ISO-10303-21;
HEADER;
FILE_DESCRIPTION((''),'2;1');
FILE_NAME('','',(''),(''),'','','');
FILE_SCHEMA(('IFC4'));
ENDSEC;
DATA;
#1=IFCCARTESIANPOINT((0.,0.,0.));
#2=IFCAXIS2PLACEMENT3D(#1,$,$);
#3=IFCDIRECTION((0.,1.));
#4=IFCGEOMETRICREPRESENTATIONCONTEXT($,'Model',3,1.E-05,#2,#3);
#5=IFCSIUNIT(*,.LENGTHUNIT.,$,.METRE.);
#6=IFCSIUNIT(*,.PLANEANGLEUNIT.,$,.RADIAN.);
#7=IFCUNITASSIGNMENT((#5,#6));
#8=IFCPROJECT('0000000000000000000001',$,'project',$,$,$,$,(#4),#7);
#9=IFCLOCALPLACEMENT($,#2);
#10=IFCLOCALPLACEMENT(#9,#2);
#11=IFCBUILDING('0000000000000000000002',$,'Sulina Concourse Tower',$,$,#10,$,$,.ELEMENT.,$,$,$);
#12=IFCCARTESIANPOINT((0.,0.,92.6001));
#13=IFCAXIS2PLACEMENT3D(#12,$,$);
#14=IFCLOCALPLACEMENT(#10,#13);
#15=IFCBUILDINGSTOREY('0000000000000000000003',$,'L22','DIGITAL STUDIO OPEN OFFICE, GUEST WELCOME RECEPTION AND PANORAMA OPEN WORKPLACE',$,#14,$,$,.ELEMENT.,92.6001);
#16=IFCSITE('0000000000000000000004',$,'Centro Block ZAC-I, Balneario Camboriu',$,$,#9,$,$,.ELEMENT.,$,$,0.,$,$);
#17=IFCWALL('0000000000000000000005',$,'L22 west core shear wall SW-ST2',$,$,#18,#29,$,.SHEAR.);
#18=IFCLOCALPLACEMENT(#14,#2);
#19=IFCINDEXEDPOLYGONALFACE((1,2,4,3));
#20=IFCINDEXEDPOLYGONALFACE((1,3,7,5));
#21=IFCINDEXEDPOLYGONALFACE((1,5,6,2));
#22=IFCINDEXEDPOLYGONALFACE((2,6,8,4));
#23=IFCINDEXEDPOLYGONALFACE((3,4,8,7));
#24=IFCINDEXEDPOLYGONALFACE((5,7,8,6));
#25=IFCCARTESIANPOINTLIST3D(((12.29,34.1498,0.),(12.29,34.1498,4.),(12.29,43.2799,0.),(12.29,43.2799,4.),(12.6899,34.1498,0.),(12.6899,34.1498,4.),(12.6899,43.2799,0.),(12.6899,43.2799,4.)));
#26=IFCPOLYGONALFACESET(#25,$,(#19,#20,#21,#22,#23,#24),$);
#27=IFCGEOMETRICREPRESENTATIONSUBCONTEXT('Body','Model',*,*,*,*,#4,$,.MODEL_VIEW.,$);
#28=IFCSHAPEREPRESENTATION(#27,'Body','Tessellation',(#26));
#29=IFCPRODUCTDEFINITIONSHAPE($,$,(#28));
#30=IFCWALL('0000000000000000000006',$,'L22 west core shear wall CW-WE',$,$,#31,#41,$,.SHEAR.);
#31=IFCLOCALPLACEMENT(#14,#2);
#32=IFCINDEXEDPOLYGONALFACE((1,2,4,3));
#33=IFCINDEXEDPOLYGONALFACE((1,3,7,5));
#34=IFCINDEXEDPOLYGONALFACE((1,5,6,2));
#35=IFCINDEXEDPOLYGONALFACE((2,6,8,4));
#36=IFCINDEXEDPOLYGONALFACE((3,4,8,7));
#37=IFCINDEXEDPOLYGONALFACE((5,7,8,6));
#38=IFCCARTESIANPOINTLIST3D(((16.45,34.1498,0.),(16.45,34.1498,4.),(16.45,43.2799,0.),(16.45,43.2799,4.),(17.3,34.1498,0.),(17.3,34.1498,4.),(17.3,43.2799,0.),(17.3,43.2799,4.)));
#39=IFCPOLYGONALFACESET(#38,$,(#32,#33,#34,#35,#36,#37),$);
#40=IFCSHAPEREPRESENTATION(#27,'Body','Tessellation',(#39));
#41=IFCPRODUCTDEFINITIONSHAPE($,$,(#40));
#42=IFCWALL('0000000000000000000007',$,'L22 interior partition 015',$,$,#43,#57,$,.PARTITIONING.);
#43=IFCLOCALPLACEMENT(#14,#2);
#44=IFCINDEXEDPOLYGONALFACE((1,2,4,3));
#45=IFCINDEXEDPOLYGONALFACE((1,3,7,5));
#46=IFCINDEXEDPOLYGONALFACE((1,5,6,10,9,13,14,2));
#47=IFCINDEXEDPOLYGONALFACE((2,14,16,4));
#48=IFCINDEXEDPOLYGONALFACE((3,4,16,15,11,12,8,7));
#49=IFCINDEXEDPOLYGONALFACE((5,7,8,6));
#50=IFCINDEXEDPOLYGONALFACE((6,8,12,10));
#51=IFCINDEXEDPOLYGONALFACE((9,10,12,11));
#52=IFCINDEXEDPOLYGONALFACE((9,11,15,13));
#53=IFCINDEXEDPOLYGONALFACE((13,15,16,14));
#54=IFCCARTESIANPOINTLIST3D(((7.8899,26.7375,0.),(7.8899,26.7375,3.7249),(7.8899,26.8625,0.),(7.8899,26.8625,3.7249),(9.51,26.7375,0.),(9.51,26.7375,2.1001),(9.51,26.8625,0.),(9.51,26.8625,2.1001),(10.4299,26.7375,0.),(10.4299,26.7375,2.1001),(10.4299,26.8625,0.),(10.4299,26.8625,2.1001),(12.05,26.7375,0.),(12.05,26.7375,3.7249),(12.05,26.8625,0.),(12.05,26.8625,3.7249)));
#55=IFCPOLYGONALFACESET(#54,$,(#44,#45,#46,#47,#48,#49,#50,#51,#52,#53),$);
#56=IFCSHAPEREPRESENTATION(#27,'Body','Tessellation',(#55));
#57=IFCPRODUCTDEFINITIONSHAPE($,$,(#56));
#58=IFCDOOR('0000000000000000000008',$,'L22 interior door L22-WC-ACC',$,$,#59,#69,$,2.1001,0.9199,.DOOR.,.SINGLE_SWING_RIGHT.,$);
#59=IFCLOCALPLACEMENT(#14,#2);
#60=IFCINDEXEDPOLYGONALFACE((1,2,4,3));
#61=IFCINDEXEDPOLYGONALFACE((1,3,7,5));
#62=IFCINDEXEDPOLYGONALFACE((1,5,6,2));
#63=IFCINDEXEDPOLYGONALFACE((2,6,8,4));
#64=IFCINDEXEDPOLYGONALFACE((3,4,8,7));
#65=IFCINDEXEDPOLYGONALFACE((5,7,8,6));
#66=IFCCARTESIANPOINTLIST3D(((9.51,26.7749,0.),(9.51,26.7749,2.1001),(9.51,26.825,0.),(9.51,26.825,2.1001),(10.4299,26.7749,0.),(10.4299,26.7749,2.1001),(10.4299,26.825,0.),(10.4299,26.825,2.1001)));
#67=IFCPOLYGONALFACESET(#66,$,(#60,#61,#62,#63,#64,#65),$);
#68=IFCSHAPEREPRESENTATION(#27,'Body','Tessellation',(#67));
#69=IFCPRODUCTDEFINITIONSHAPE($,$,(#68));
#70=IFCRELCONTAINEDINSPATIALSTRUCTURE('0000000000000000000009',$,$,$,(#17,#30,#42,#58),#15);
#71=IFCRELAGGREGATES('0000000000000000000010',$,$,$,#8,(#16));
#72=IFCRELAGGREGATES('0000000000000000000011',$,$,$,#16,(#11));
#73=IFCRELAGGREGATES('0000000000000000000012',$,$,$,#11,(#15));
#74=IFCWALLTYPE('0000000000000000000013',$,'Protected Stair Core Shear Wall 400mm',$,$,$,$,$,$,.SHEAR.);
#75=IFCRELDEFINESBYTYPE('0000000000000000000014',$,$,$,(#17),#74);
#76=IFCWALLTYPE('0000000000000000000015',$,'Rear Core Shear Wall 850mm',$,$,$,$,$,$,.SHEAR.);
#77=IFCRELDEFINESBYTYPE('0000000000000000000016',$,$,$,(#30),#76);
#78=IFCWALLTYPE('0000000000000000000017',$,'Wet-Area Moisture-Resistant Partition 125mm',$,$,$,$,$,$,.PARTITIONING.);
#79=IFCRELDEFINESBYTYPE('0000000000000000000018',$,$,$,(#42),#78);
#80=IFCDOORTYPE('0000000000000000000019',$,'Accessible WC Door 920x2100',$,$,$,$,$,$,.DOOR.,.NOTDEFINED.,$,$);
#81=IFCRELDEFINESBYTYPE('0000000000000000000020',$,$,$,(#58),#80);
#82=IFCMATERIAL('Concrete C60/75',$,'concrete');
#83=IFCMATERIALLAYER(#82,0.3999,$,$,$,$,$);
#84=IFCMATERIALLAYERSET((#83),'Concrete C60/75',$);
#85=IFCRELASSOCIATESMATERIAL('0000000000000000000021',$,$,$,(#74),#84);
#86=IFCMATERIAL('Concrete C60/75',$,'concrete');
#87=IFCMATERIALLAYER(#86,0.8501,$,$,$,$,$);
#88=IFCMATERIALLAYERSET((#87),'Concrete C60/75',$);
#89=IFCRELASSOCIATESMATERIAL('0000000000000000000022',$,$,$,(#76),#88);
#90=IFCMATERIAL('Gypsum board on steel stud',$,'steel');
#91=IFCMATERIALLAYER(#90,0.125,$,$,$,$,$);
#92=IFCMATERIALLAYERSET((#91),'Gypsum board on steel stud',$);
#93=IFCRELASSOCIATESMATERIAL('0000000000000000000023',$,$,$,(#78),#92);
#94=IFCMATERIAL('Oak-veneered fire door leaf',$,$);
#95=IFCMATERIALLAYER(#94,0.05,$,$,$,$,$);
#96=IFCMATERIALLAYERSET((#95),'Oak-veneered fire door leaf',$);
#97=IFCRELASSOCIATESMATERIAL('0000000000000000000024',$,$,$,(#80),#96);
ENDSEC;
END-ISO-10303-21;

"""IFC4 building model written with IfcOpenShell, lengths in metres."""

from ifc_helpers import new_model, si_unit, direction, frame, frame_2d, origin, place, context, subcontext, project, spatial, rectangle, extrude, material, layer, layer_set, type_object, element, fill, save


model = new_model("IFC4")

# Units and contexts
model_context = context("Model", 3, precision=1e-05, world=origin(), true_north=direction((0.0, 1.0)))
body_context = subcontext(model_context, "Body", "Model", "MODEL_VIEW")
ifc_project = project(units=[si_unit("LENGTHUNIT", "METRE"), si_unit("PLANEANGLEUNIT", "RADIAN")], contexts=[model_context])

# Site, building, storey
site_placement = place(None, origin())
site = spatial("IfcSite", under=ifc_project, at=site_placement, Name="Centro Block ZAC-I, Balneario Camboriu", CompositionType="ELEMENT", RefElevation=0.0)
building_placement = place(site_placement, origin())
building = spatial("IfcBuilding", under=site, at=building_placement, Name="Sulina Concourse Tower", CompositionType="ELEMENT")
storey_placement = place(building_placement, frame((0.0, 0.0, 92.6001)))
storey = spatial("IfcBuildingStorey", under=building, at=storey_placement, Name="L22", Description="DIGITAL STUDIO OPEN OFFICE, GUEST WELCOME RECEPTION AND PANORAMA OPEN WORKPLACE", CompositionType="ELEMENT", Elevation=92.6001)

# Shared definitions
ifc_material_1 = material(Name="Concrete C60/75", Category="concrete")
ifc_layer_1 = layer(ifc_material_1, 0.3999)
ifc_layer_set_1 = layer_set([ifc_layer_1], Name="Concrete C60/75")
wall_type_1 = type_object("IfcWallType", Name="Protected Stair Core Shear Wall 400mm", PredefinedType="SHEAR", material=ifc_layer_set_1)

# Walls
wall_1_placement = place(storey_placement, frame((12.49, 34.1499, 0.0), z_axis=(0.0, 0.0, 1.0), x_axis=(0.0, 1.0, 0.0)))
element("IfcWall", 1, at=wall_1_placement, inside=storey, type_object=wall_type_1, Name="L22 west core shear wall SW-ST2", PredefinedType="SHEAR", context=body_context, shape_type="SweptSolid", body=[
    extrude(rectangle(XDim=9.1301, YDim=0.3999, at=frame_2d((4.5649, 0.0))), origin(), (0.0, 0.0, 1.0), 4.0),
])
ifc_material_2 = material(Name="Concrete C60/75", Category="concrete")
ifc_layer_2 = layer(ifc_material_2, 0.8501)
ifc_layer_set_2 = layer_set([ifc_layer_2], Name="Concrete C60/75")
wall_type_2 = type_object("IfcWallType", Name="Rear Core Shear Wall 850mm", PredefinedType="SHEAR", material=ifc_layer_set_2)
wall_2_placement = place(storey_placement, frame((16.875, 34.1499, 0.0), z_axis=(0.0, 0.0, 1.0), x_axis=(0.0, 1.0, 0.0)))
element("IfcWall", 2, at=wall_2_placement, inside=storey, type_object=wall_type_2, Name="L22 west core shear wall CW-WE", PredefinedType="SHEAR", context=body_context, shape_type="SweptSolid", body=[
    extrude(rectangle(XDim=9.1301, YDim=0.8501, at=frame_2d((4.5649, 0.0))), origin(), (0.0, 0.0, 1.0), 4.0),
])

# Wall, opening, door
ifc_material_3 = material(Name="Gypsum board on steel stud", Category="steel")
ifc_layer_3 = layer(ifc_material_3, 0.125)
ifc_layer_set_3 = layer_set([ifc_layer_3], Name="Gypsum board on steel stud")
wall_type_3 = type_object("IfcWallType", Name="Wet-Area Moisture-Resistant Partition 125mm", PredefinedType="PARTITIONING", material=ifc_layer_set_3)
wall_3_placement = place(storey_placement, frame((7.8899, 26.8, 0.0), z_axis=(0.0, 0.0, 1.0), x_axis=(1.0, 0.0, 0.0)))
wall_3 = element("IfcWall", 3, at=wall_3_placement, inside=storey, type_object=wall_type_3, Name="L22 interior partition 015", PredefinedType="PARTITIONING", context=body_context, shape_type="SweptSolid", body=[
    extrude(rectangle(XDim=4.1602, YDim=0.125, at=frame_2d((2.0801, 0.0))), origin(), (0.0, 0.0, 1.0), 3.7249),
])
opening_1_placement = place(wall_3_placement, frame((1.6201, 0.0, 0.0)))
opening_1 = element("IfcOpeningElement", 4, at=opening_1_placement, cuts=wall_3, PredefinedType="OPENING", context=body_context, shape_type="SweptSolid", body=[
    extrude(rectangle(XDim=0.9199, YDim=2.1001, at=frame_2d((0.46, 1.05))), frame((0.0, 0.0725, 0.0), z_axis=(0.0, -1.0, 0.0), x_axis=(1.0, 0.0, 0.0)), (0.0, 0.0, 1.0), 0.145),
])
ifc_material_4 = material(Name="Oak-veneered fire door leaf")
ifc_layer_4 = layer(ifc_material_4, 0.05)
ifc_layer_set_4 = layer_set([ifc_layer_4], Name="Oak-veneered fire door leaf")
door_type_1 = type_object("IfcDoorType", Name="Accessible WC Door 920x2100", OperationType="NOTDEFINED", PredefinedType="DOOR", material=ifc_layer_set_4)
door_1_placement = place(opening_1_placement, origin())
door_1 = element("IfcDoor", 5, at=door_1_placement, inside=storey, type_object=door_type_1, Name="L22 interior door L22-WC-ACC", OperationType="SINGLE_SWING_RIGHT", OverallHeight=2.1001, OverallWidth=0.9199, PredefinedType="DOOR", context=body_context, shape_type="SweptSolid", body=[
    extrude(rectangle(XDim=0.9199, YDim=2.1001, at=frame_2d((0.46, 1.05))), frame((0.0, 0.0249, 0.0), z_axis=(0.0, -1.0, 0.0), x_axis=(1.0, 0.0, 0.0)), (0.0, 0.0, 1.0), 0.05),
])
fill(opening_1, door_1)

save(model, "model.ifc")
